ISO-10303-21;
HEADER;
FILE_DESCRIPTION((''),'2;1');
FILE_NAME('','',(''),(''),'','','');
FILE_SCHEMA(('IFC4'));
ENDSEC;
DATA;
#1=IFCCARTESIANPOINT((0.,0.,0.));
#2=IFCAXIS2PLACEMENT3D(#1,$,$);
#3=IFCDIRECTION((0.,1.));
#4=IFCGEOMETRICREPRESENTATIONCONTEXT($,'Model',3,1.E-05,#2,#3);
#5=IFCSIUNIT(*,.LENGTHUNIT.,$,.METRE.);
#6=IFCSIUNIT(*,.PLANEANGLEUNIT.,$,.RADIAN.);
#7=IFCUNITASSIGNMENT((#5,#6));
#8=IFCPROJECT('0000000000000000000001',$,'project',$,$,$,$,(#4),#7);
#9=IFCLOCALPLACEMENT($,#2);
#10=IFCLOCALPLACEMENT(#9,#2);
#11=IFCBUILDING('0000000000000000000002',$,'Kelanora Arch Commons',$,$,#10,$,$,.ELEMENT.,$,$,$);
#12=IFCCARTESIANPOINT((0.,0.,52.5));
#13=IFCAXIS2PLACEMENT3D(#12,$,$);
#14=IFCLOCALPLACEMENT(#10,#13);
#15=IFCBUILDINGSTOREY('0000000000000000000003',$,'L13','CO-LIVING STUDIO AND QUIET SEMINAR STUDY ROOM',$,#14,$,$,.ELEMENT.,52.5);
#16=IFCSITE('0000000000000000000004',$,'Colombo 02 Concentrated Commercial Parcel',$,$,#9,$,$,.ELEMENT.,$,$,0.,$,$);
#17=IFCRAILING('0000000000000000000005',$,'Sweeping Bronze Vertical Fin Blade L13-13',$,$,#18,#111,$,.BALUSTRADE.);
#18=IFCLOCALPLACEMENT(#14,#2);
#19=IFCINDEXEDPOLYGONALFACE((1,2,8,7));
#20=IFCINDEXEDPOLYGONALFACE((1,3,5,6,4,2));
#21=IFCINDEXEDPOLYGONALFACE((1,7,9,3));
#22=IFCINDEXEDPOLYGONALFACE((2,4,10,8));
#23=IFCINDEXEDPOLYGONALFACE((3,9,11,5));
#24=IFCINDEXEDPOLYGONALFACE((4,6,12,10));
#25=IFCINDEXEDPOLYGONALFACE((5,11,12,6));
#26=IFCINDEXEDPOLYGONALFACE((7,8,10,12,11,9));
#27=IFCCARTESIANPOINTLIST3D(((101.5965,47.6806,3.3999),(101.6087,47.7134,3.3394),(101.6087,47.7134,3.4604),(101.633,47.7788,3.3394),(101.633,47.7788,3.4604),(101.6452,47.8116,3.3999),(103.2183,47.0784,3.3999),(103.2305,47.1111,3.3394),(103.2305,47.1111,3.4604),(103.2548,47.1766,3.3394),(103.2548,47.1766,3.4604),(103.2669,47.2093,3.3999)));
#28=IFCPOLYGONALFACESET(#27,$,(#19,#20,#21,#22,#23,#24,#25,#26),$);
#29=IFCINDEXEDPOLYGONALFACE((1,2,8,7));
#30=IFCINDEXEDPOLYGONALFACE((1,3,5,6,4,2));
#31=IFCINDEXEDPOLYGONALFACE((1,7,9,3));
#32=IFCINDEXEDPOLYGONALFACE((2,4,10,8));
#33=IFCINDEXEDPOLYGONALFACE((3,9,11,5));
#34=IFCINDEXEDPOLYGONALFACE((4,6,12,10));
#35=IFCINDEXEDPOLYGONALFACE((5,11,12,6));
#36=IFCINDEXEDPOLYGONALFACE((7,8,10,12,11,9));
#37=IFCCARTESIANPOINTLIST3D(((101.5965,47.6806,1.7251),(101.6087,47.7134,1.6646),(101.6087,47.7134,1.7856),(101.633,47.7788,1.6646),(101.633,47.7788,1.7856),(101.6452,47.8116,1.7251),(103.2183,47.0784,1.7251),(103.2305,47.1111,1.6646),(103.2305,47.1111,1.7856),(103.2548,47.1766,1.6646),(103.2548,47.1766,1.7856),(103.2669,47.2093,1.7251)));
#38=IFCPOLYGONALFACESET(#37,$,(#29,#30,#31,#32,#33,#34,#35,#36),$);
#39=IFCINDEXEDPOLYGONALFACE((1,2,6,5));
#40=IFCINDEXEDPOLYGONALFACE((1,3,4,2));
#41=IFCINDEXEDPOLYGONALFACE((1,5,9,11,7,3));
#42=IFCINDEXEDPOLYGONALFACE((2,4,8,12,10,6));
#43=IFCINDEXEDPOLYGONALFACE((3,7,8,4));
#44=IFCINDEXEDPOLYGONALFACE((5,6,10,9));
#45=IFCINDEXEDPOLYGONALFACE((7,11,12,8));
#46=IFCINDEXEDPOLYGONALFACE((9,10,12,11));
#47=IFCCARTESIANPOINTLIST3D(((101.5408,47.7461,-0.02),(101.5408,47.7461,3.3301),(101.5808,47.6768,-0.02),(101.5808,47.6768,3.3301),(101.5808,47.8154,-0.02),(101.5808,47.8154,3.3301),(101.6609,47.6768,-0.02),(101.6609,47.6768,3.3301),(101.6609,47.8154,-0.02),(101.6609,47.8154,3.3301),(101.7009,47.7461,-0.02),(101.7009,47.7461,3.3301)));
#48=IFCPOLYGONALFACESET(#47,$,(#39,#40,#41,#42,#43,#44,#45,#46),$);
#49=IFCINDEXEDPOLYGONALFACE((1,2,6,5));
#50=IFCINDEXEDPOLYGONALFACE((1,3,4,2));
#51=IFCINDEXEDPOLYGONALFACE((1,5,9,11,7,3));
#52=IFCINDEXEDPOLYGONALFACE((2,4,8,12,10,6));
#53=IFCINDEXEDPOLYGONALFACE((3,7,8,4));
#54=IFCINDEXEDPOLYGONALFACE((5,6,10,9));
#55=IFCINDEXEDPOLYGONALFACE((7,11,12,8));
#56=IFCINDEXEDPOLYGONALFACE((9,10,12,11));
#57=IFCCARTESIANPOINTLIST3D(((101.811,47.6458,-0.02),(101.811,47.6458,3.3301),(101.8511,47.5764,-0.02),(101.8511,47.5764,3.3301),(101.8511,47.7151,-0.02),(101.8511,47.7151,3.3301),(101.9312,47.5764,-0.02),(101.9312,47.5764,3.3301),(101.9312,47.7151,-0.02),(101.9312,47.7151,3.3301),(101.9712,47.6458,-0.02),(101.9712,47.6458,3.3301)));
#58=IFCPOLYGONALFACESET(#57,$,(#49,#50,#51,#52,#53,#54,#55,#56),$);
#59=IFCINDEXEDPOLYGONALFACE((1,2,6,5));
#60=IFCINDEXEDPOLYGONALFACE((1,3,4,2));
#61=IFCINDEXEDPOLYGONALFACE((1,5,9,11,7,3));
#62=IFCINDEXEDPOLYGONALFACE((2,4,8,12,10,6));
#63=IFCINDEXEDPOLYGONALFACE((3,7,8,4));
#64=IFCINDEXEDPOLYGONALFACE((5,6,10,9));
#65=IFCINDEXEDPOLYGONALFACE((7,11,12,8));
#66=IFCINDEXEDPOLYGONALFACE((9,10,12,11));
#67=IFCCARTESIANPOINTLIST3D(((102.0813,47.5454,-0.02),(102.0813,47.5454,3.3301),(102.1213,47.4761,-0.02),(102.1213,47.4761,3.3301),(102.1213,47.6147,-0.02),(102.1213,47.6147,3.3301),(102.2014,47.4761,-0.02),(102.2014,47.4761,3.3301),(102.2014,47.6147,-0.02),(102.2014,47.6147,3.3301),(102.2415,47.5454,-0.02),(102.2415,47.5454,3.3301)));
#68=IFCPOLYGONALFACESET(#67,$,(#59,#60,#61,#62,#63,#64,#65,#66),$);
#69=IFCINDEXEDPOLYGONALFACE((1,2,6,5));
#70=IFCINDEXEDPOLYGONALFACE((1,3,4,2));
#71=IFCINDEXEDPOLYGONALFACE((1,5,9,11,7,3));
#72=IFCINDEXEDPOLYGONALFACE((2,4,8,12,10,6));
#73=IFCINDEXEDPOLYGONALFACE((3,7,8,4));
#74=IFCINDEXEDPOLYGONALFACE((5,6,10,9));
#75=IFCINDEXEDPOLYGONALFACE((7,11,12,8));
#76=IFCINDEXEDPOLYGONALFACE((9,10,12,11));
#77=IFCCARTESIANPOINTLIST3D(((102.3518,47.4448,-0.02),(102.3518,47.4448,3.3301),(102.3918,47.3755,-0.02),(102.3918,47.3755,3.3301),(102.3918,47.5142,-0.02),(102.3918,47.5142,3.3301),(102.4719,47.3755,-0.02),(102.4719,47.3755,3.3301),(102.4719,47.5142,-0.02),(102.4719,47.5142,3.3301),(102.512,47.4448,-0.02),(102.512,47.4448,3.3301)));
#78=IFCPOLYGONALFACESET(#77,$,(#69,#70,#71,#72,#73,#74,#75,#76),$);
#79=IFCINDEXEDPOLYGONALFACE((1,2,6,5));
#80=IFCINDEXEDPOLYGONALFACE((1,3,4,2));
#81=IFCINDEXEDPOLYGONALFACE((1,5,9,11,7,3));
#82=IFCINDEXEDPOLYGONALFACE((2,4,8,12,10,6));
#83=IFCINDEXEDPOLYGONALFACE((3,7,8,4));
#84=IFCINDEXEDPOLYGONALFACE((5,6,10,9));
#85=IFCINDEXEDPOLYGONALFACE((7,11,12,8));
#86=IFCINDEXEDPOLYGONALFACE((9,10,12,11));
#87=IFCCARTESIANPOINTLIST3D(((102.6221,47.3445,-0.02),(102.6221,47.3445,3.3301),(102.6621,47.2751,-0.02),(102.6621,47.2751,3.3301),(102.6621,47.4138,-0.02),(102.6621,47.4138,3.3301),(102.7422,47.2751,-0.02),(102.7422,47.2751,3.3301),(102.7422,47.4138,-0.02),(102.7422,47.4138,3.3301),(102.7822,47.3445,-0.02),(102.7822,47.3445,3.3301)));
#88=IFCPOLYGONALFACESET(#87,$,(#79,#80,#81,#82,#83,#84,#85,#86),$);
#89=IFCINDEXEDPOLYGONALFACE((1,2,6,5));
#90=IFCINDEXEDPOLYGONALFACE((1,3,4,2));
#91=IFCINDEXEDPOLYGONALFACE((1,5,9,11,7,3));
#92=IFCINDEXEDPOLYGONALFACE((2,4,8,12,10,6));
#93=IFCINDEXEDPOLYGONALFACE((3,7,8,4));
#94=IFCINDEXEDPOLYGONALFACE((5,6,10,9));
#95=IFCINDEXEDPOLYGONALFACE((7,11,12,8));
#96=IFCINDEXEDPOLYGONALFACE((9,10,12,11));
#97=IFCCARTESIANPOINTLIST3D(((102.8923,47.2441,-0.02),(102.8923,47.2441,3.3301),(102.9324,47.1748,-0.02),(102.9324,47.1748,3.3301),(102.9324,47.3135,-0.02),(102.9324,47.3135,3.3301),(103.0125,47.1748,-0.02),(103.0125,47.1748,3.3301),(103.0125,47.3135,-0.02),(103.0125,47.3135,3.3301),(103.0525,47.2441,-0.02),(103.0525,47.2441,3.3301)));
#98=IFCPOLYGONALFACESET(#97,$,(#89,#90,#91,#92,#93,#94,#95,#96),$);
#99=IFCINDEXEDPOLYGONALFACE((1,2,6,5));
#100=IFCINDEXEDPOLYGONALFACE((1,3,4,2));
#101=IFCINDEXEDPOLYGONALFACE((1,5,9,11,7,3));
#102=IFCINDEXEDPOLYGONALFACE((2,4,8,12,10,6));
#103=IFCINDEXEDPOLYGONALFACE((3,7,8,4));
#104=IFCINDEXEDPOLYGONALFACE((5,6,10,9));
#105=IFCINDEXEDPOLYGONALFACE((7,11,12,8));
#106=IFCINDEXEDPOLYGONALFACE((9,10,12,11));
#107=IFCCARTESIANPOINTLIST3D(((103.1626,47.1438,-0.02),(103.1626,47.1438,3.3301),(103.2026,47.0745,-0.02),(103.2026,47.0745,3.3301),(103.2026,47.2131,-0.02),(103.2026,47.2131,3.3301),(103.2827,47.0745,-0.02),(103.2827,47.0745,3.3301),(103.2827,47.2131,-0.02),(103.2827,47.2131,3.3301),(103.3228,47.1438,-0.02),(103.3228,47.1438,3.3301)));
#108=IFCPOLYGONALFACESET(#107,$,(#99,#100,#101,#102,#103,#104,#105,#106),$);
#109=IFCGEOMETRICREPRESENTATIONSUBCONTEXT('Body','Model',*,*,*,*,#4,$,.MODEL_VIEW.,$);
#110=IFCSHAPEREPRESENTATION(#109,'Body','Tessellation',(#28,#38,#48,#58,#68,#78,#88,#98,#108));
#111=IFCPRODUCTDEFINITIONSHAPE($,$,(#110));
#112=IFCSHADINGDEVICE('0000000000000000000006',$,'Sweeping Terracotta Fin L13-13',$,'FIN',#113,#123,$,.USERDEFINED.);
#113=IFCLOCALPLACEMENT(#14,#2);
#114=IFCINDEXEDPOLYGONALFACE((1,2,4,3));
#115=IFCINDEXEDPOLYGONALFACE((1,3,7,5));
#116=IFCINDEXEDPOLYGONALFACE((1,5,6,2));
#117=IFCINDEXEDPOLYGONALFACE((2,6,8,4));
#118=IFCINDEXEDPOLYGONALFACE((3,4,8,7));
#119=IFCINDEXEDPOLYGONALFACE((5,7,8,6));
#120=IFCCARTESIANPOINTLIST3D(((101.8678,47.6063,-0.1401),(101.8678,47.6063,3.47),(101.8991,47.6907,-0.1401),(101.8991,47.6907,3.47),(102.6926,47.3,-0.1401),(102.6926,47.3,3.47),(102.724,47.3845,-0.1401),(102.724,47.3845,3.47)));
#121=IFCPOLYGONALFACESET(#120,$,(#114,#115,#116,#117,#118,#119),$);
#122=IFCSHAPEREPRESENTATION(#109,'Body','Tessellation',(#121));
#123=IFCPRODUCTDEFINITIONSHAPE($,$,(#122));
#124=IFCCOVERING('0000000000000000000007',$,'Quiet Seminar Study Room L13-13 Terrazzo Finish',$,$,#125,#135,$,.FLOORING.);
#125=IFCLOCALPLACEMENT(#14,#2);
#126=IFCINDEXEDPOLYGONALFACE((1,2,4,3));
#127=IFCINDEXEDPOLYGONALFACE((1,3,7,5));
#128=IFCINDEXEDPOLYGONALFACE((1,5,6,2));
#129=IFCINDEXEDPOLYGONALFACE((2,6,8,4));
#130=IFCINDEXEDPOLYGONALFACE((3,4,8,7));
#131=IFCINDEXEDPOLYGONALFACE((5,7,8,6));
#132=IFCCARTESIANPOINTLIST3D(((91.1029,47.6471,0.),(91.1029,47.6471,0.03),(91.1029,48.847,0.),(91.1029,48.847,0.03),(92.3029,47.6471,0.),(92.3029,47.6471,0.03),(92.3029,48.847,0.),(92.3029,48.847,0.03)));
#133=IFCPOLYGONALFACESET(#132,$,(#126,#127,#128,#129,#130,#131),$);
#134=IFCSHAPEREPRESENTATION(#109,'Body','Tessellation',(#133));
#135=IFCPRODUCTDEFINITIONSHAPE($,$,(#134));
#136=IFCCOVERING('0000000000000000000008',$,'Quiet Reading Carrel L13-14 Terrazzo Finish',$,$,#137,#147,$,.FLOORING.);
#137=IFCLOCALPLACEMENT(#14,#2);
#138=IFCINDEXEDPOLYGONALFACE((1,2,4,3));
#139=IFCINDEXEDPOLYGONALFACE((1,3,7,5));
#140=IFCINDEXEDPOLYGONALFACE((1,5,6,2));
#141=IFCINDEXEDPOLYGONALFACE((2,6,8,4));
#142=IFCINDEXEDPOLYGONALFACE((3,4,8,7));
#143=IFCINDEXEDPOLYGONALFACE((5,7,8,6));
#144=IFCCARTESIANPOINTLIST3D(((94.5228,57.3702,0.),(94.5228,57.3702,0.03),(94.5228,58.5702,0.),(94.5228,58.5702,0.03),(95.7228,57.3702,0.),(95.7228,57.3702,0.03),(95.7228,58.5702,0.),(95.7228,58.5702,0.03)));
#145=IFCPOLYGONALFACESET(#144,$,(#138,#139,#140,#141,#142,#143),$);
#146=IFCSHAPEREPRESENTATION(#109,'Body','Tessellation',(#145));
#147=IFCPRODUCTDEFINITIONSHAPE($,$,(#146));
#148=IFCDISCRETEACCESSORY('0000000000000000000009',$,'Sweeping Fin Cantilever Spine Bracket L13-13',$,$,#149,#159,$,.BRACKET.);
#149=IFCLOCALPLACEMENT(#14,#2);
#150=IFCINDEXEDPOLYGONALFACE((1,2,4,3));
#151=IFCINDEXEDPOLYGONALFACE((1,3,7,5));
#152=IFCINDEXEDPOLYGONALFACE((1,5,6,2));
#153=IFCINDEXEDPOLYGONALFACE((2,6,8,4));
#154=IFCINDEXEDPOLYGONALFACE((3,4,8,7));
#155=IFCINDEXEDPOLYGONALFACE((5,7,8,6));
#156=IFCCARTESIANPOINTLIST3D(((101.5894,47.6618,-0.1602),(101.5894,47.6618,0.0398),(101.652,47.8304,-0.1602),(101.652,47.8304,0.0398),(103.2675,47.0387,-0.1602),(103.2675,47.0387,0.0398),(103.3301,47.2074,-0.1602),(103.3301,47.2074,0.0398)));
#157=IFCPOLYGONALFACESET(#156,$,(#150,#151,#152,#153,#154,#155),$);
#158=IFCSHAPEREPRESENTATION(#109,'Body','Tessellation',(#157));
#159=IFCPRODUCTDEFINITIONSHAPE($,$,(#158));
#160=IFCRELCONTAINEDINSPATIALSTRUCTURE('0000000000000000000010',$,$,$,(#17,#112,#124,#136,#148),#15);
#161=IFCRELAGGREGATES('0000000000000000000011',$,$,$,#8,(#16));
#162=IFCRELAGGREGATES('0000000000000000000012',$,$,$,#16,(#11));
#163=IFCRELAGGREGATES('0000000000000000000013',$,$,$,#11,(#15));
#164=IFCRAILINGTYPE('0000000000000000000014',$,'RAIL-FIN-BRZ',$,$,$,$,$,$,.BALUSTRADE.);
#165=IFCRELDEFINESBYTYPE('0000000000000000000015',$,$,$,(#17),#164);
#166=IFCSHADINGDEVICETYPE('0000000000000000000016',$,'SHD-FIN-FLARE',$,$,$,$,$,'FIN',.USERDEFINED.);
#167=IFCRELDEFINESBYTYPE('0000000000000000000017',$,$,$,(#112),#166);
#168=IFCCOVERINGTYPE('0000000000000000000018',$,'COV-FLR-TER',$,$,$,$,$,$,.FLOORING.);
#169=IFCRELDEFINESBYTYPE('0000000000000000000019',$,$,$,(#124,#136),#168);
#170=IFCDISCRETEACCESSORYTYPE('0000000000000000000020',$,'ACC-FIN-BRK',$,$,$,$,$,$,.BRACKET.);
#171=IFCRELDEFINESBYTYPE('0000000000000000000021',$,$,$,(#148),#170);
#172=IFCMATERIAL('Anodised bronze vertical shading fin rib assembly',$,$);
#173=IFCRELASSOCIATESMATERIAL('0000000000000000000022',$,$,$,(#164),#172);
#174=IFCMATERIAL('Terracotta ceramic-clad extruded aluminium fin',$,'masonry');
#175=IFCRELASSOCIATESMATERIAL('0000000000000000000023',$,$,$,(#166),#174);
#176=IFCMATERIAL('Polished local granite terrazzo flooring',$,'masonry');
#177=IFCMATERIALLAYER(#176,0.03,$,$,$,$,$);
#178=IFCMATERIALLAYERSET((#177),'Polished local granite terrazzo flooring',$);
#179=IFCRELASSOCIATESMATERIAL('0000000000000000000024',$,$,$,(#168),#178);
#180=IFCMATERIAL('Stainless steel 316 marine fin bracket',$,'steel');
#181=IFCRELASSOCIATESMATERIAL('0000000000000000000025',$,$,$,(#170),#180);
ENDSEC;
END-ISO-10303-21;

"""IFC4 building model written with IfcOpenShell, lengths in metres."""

from ifc_helpers import new_model, si_unit, direction, frame, origin, origin_2d, place, context, subcontext, project, spatial, polyline, rectangle, outline, extrude, source, transform, mapped, material, layer, layer_set, type_object, element, save


model = new_model("IFC4")

# Units and contexts
model_context = context("Model", 3, precision=1e-05, world=origin(), true_north=direction((0.0, 1.0)))
body_context = subcontext(model_context, "Body", "Model", "MODEL_VIEW")
ifc_project = project(units=[si_unit("LENGTHUNIT", "METRE"), si_unit("PLANEANGLEUNIT", "RADIAN")], contexts=[model_context])

# Site, building, storey
site_placement = place(None, origin())
site = spatial("IfcSite", under=ifc_project, at=site_placement, Name="Colombo 02 Concentrated Commercial Parcel", CompositionType="ELEMENT", RefElevation=0.0)
building_placement = place(site_placement, origin())
building = spatial("IfcBuilding", under=site, at=building_placement, Name="Kelanora Arch Commons", CompositionType="ELEMENT")
storey_placement = place(building_placement, frame((0.0, 0.0, 52.5)))
storey = spatial("IfcBuildingStorey", under=building, at=storey_placement, Name="L13", Description="CO-LIVING STUDIO AND QUIET SEMINAR STUDY ROOM", CompositionType="ELEMENT", Elevation=52.5)

# Railing
ifc_material_1 = material(Name="Anodised bronze vertical shading fin rib assembly")
railing_type_1 = type_object("IfcRailingType", Name="RAIL-FIN-BRZ", PredefinedType="BALUSTRADE", material=ifc_material_1)
railing_1_placement = place(storey_placement, frame((101.6208, 47.7461, -0.02)))
element("IfcRailing", 1, at=railing_1_placement, inside=storey, type_object=railing_type_1, Name="Sweeping Bronze Vertical Fin Blade L13-13", PredefinedType="BALUSTRADE", context=body_context, shape_type="SweptSolid", body=[
    extrude(outline(polyline([(0.0698, 0.0), (0.0349, 0.0605), (-0.0349, 0.0605), (-0.0698, 0.0), (-0.0349, -0.0605), (0.0349, -0.0605), (0.0698, 0.0)])), frame((0.0, 0.0, 3.4199), z_axis=(0.937444, -0.348137, 0.0), x_axis=(0.348137, 0.937444, 0.0)), (0.0, 0.0, 1.0), 1.73),
    extrude(outline(polyline([(0.0698, 0.0), (0.0349, 0.0605), (-0.0349, 0.0605), (-0.0698, 0.0), (-0.0349, -0.0605), (0.0349, -0.0605), (0.0698, 0.0)])), frame((0.0, 0.0, 1.7451), z_axis=(0.937444, -0.348137, 0.0), x_axis=(0.348137, 0.937444, 0.0)), (0.0, 0.0, 1.0), 1.73),
    extrude(outline(polyline([(0.0801, 0.0), (0.04, 0.0693), (-0.04, 0.0693), (-0.0801, 0.0), (-0.04, -0.0693), (0.04, -0.0693), (0.0801, 0.0)])), origin(), (0.0, 0.0, 1.0), 3.3501),
    extrude(outline(polyline([(0.0801, 0.0), (0.04, 0.0693), (-0.04, 0.0693), (-0.0801, 0.0), (-0.04, -0.0693), (0.04, -0.0693), (0.0801, 0.0)])), frame((0.2703, -0.1003, 0.0)), (0.0, 0.0, 1.0), 3.3501),
    extrude(outline(polyline([(0.0801, 0.0), (0.04, 0.0693), (-0.04, 0.0693), (-0.0801, 0.0), (-0.04, -0.0693), (0.04, -0.0693), (0.0801, 0.0)])), frame((0.5405, -0.2007, 0.0)), (0.0, 0.0, 1.0), 3.3501),
    extrude(outline(polyline([(0.0801, 0.0), (0.04, 0.0693), (-0.04, 0.0693), (-0.0801, 0.0), (-0.04, -0.0693), (0.04, -0.0693), (0.0801, 0.0)])), frame((0.811, -0.3013, 0.0)), (0.0, 0.0, 1.0), 3.3501),
    extrude(outline(polyline([(0.0801, 0.0), (0.04, 0.0693), (-0.04, 0.0693), (-0.0801, 0.0), (-0.04, -0.0693), (0.04, -0.0693), (0.0801, 0.0)])), frame((1.0813, -0.4016, 0.0)), (0.0, 0.0, 1.0), 3.3501),
    extrude(outline(polyline([(0.0801, 0.0), (0.04, 0.0693), (-0.04, 0.0693), (-0.0801, 0.0), (-0.04, -0.0693), (0.04, -0.0693), (0.0801, 0.0)])), frame((1.3516, -0.502, 0.0)), (0.0, 0.0, 1.0), 3.3501),
    extrude(outline(polyline([(0.0801, 0.0), (0.04, 0.0693), (-0.04, 0.0693), (-0.0801, 0.0), (-0.04, -0.0693), (0.04, -0.0693), (0.0801, 0.0)])), frame((1.6218, -0.6023, 0.0)), (0.0, 0.0, 1.0), 3.3501),
])

# Shading device
ifc_material_2 = material(Name="Terracotta ceramic-clad extruded aluminium fin", Category="masonry")
shading_device_type = type_object("IfcShadingDeviceType", Name="SHD-FIN-FLARE", ElementType="FIN", PredefinedType="USERDEFINED", material=ifc_material_2)
shared_shape_1 = source(origin(), body_context, "Body", "SweptSolid", [
    extrude(rectangle(XDim=0.8799, YDim=0.0901, at=origin_2d()), origin(), (0.0, 0.0, 1.0), 3.6101),
])
shading_device_placement = place(storey_placement, frame((102.2959, 47.4954, -0.1401), z_axis=(0.0, 0.0, 1.0), x_axis=(0.937464, -0.348081, 0.0)))
element("IfcShadingDevice", 2, at=shading_device_placement, inside=storey, type_object=shading_device_type, Name="Sweeping Terracotta Fin L13-13", ObjectType="FIN", PredefinedType="USERDEFINED", context=body_context, shape_type="MappedRepresentation", body=[
    mapped(shared_shape_1, transform((0.0, 0.0, 0.0), scale=1.0)),
])

# Coverings
ifc_material_3 = material(Name="Polished local granite terrazzo flooring", Category="masonry")
ifc_layer_1 = layer(ifc_material_3, 0.03)
ifc_layer_set_1 = layer_set([ifc_layer_1], Name="Polished local granite terrazzo flooring")
covering_type = type_object("IfcCoveringType", Name="COV-FLR-TER", PredefinedType="FLOORING", material=ifc_layer_set_1)
shared_shape_2 = source(origin(), body_context, "Body", "SweptSolid", [
    extrude(rectangle(XDim=1.2, YDim=1.2, at=origin_2d()), origin(), (0.0, 0.0, 1.0), 0.03),
])
for number, where, z_axis, x_axis, name in (
    (3, (91.7029, 48.2471, 0.0), (0.0, 0.0, 1.0), (1.0, 0.0, 0.0), "Quiet Seminar Study Room L13-13 Terrazzo Finish"),
    (4, (95.1228, 57.9702, 0.0), (0.0, 0.0, 1.0), (1.0, 0.0, 0.0), "Quiet Reading Carrel L13-14 Terrazzo Finish"),
):
    element("IfcCovering", number, at=place(storey_placement, frame(where, z_axis=z_axis, x_axis=x_axis)), inside=storey, type_object=covering_type, Name=name, PredefinedType="FLOORING", context=body_context, shape_type="MappedRepresentation", body=[
        mapped(shared_shape_2, transform((0.0, 0.0, 0.0), scale=1.0)),
    ])

# Discrete accessory
ifc_material_4 = material(Name="Stainless steel 316 marine fin bracket", Category="steel")
discrete_accessory_type = type_object("IfcDiscreteAccessoryType", Name="ACC-FIN-BRK", PredefinedType="BRACKET", material=ifc_material_4)
shared_shape_3 = source(origin(), body_context, "Body", "SweptSolid", [
    extrude(rectangle(XDim=1.79, YDim=0.1799, at=origin_2d()), origin(), (0.0, 0.0, 1.0), 0.2),
])
discrete_accessory_placement = place(storey_placement, frame((102.4597, 47.4346, -0.1602), z_axis=(0.0, 0.0, 1.0), x_axis=(0.937464, -0.348081, 0.0)))
element("IfcDiscreteAccessory", 5, at=discrete_accessory_placement, inside=storey, type_object=discrete_accessory_type, Name="Sweeping Fin Cantilever Spine Bracket L13-13", PredefinedType="BRACKET", context=body_context, shape_type="MappedRepresentation", body=[
    mapped(shared_shape_3, transform((0.0, 0.0, 0.0), scale=1.0)),
])

save(model, "model.ifc")
